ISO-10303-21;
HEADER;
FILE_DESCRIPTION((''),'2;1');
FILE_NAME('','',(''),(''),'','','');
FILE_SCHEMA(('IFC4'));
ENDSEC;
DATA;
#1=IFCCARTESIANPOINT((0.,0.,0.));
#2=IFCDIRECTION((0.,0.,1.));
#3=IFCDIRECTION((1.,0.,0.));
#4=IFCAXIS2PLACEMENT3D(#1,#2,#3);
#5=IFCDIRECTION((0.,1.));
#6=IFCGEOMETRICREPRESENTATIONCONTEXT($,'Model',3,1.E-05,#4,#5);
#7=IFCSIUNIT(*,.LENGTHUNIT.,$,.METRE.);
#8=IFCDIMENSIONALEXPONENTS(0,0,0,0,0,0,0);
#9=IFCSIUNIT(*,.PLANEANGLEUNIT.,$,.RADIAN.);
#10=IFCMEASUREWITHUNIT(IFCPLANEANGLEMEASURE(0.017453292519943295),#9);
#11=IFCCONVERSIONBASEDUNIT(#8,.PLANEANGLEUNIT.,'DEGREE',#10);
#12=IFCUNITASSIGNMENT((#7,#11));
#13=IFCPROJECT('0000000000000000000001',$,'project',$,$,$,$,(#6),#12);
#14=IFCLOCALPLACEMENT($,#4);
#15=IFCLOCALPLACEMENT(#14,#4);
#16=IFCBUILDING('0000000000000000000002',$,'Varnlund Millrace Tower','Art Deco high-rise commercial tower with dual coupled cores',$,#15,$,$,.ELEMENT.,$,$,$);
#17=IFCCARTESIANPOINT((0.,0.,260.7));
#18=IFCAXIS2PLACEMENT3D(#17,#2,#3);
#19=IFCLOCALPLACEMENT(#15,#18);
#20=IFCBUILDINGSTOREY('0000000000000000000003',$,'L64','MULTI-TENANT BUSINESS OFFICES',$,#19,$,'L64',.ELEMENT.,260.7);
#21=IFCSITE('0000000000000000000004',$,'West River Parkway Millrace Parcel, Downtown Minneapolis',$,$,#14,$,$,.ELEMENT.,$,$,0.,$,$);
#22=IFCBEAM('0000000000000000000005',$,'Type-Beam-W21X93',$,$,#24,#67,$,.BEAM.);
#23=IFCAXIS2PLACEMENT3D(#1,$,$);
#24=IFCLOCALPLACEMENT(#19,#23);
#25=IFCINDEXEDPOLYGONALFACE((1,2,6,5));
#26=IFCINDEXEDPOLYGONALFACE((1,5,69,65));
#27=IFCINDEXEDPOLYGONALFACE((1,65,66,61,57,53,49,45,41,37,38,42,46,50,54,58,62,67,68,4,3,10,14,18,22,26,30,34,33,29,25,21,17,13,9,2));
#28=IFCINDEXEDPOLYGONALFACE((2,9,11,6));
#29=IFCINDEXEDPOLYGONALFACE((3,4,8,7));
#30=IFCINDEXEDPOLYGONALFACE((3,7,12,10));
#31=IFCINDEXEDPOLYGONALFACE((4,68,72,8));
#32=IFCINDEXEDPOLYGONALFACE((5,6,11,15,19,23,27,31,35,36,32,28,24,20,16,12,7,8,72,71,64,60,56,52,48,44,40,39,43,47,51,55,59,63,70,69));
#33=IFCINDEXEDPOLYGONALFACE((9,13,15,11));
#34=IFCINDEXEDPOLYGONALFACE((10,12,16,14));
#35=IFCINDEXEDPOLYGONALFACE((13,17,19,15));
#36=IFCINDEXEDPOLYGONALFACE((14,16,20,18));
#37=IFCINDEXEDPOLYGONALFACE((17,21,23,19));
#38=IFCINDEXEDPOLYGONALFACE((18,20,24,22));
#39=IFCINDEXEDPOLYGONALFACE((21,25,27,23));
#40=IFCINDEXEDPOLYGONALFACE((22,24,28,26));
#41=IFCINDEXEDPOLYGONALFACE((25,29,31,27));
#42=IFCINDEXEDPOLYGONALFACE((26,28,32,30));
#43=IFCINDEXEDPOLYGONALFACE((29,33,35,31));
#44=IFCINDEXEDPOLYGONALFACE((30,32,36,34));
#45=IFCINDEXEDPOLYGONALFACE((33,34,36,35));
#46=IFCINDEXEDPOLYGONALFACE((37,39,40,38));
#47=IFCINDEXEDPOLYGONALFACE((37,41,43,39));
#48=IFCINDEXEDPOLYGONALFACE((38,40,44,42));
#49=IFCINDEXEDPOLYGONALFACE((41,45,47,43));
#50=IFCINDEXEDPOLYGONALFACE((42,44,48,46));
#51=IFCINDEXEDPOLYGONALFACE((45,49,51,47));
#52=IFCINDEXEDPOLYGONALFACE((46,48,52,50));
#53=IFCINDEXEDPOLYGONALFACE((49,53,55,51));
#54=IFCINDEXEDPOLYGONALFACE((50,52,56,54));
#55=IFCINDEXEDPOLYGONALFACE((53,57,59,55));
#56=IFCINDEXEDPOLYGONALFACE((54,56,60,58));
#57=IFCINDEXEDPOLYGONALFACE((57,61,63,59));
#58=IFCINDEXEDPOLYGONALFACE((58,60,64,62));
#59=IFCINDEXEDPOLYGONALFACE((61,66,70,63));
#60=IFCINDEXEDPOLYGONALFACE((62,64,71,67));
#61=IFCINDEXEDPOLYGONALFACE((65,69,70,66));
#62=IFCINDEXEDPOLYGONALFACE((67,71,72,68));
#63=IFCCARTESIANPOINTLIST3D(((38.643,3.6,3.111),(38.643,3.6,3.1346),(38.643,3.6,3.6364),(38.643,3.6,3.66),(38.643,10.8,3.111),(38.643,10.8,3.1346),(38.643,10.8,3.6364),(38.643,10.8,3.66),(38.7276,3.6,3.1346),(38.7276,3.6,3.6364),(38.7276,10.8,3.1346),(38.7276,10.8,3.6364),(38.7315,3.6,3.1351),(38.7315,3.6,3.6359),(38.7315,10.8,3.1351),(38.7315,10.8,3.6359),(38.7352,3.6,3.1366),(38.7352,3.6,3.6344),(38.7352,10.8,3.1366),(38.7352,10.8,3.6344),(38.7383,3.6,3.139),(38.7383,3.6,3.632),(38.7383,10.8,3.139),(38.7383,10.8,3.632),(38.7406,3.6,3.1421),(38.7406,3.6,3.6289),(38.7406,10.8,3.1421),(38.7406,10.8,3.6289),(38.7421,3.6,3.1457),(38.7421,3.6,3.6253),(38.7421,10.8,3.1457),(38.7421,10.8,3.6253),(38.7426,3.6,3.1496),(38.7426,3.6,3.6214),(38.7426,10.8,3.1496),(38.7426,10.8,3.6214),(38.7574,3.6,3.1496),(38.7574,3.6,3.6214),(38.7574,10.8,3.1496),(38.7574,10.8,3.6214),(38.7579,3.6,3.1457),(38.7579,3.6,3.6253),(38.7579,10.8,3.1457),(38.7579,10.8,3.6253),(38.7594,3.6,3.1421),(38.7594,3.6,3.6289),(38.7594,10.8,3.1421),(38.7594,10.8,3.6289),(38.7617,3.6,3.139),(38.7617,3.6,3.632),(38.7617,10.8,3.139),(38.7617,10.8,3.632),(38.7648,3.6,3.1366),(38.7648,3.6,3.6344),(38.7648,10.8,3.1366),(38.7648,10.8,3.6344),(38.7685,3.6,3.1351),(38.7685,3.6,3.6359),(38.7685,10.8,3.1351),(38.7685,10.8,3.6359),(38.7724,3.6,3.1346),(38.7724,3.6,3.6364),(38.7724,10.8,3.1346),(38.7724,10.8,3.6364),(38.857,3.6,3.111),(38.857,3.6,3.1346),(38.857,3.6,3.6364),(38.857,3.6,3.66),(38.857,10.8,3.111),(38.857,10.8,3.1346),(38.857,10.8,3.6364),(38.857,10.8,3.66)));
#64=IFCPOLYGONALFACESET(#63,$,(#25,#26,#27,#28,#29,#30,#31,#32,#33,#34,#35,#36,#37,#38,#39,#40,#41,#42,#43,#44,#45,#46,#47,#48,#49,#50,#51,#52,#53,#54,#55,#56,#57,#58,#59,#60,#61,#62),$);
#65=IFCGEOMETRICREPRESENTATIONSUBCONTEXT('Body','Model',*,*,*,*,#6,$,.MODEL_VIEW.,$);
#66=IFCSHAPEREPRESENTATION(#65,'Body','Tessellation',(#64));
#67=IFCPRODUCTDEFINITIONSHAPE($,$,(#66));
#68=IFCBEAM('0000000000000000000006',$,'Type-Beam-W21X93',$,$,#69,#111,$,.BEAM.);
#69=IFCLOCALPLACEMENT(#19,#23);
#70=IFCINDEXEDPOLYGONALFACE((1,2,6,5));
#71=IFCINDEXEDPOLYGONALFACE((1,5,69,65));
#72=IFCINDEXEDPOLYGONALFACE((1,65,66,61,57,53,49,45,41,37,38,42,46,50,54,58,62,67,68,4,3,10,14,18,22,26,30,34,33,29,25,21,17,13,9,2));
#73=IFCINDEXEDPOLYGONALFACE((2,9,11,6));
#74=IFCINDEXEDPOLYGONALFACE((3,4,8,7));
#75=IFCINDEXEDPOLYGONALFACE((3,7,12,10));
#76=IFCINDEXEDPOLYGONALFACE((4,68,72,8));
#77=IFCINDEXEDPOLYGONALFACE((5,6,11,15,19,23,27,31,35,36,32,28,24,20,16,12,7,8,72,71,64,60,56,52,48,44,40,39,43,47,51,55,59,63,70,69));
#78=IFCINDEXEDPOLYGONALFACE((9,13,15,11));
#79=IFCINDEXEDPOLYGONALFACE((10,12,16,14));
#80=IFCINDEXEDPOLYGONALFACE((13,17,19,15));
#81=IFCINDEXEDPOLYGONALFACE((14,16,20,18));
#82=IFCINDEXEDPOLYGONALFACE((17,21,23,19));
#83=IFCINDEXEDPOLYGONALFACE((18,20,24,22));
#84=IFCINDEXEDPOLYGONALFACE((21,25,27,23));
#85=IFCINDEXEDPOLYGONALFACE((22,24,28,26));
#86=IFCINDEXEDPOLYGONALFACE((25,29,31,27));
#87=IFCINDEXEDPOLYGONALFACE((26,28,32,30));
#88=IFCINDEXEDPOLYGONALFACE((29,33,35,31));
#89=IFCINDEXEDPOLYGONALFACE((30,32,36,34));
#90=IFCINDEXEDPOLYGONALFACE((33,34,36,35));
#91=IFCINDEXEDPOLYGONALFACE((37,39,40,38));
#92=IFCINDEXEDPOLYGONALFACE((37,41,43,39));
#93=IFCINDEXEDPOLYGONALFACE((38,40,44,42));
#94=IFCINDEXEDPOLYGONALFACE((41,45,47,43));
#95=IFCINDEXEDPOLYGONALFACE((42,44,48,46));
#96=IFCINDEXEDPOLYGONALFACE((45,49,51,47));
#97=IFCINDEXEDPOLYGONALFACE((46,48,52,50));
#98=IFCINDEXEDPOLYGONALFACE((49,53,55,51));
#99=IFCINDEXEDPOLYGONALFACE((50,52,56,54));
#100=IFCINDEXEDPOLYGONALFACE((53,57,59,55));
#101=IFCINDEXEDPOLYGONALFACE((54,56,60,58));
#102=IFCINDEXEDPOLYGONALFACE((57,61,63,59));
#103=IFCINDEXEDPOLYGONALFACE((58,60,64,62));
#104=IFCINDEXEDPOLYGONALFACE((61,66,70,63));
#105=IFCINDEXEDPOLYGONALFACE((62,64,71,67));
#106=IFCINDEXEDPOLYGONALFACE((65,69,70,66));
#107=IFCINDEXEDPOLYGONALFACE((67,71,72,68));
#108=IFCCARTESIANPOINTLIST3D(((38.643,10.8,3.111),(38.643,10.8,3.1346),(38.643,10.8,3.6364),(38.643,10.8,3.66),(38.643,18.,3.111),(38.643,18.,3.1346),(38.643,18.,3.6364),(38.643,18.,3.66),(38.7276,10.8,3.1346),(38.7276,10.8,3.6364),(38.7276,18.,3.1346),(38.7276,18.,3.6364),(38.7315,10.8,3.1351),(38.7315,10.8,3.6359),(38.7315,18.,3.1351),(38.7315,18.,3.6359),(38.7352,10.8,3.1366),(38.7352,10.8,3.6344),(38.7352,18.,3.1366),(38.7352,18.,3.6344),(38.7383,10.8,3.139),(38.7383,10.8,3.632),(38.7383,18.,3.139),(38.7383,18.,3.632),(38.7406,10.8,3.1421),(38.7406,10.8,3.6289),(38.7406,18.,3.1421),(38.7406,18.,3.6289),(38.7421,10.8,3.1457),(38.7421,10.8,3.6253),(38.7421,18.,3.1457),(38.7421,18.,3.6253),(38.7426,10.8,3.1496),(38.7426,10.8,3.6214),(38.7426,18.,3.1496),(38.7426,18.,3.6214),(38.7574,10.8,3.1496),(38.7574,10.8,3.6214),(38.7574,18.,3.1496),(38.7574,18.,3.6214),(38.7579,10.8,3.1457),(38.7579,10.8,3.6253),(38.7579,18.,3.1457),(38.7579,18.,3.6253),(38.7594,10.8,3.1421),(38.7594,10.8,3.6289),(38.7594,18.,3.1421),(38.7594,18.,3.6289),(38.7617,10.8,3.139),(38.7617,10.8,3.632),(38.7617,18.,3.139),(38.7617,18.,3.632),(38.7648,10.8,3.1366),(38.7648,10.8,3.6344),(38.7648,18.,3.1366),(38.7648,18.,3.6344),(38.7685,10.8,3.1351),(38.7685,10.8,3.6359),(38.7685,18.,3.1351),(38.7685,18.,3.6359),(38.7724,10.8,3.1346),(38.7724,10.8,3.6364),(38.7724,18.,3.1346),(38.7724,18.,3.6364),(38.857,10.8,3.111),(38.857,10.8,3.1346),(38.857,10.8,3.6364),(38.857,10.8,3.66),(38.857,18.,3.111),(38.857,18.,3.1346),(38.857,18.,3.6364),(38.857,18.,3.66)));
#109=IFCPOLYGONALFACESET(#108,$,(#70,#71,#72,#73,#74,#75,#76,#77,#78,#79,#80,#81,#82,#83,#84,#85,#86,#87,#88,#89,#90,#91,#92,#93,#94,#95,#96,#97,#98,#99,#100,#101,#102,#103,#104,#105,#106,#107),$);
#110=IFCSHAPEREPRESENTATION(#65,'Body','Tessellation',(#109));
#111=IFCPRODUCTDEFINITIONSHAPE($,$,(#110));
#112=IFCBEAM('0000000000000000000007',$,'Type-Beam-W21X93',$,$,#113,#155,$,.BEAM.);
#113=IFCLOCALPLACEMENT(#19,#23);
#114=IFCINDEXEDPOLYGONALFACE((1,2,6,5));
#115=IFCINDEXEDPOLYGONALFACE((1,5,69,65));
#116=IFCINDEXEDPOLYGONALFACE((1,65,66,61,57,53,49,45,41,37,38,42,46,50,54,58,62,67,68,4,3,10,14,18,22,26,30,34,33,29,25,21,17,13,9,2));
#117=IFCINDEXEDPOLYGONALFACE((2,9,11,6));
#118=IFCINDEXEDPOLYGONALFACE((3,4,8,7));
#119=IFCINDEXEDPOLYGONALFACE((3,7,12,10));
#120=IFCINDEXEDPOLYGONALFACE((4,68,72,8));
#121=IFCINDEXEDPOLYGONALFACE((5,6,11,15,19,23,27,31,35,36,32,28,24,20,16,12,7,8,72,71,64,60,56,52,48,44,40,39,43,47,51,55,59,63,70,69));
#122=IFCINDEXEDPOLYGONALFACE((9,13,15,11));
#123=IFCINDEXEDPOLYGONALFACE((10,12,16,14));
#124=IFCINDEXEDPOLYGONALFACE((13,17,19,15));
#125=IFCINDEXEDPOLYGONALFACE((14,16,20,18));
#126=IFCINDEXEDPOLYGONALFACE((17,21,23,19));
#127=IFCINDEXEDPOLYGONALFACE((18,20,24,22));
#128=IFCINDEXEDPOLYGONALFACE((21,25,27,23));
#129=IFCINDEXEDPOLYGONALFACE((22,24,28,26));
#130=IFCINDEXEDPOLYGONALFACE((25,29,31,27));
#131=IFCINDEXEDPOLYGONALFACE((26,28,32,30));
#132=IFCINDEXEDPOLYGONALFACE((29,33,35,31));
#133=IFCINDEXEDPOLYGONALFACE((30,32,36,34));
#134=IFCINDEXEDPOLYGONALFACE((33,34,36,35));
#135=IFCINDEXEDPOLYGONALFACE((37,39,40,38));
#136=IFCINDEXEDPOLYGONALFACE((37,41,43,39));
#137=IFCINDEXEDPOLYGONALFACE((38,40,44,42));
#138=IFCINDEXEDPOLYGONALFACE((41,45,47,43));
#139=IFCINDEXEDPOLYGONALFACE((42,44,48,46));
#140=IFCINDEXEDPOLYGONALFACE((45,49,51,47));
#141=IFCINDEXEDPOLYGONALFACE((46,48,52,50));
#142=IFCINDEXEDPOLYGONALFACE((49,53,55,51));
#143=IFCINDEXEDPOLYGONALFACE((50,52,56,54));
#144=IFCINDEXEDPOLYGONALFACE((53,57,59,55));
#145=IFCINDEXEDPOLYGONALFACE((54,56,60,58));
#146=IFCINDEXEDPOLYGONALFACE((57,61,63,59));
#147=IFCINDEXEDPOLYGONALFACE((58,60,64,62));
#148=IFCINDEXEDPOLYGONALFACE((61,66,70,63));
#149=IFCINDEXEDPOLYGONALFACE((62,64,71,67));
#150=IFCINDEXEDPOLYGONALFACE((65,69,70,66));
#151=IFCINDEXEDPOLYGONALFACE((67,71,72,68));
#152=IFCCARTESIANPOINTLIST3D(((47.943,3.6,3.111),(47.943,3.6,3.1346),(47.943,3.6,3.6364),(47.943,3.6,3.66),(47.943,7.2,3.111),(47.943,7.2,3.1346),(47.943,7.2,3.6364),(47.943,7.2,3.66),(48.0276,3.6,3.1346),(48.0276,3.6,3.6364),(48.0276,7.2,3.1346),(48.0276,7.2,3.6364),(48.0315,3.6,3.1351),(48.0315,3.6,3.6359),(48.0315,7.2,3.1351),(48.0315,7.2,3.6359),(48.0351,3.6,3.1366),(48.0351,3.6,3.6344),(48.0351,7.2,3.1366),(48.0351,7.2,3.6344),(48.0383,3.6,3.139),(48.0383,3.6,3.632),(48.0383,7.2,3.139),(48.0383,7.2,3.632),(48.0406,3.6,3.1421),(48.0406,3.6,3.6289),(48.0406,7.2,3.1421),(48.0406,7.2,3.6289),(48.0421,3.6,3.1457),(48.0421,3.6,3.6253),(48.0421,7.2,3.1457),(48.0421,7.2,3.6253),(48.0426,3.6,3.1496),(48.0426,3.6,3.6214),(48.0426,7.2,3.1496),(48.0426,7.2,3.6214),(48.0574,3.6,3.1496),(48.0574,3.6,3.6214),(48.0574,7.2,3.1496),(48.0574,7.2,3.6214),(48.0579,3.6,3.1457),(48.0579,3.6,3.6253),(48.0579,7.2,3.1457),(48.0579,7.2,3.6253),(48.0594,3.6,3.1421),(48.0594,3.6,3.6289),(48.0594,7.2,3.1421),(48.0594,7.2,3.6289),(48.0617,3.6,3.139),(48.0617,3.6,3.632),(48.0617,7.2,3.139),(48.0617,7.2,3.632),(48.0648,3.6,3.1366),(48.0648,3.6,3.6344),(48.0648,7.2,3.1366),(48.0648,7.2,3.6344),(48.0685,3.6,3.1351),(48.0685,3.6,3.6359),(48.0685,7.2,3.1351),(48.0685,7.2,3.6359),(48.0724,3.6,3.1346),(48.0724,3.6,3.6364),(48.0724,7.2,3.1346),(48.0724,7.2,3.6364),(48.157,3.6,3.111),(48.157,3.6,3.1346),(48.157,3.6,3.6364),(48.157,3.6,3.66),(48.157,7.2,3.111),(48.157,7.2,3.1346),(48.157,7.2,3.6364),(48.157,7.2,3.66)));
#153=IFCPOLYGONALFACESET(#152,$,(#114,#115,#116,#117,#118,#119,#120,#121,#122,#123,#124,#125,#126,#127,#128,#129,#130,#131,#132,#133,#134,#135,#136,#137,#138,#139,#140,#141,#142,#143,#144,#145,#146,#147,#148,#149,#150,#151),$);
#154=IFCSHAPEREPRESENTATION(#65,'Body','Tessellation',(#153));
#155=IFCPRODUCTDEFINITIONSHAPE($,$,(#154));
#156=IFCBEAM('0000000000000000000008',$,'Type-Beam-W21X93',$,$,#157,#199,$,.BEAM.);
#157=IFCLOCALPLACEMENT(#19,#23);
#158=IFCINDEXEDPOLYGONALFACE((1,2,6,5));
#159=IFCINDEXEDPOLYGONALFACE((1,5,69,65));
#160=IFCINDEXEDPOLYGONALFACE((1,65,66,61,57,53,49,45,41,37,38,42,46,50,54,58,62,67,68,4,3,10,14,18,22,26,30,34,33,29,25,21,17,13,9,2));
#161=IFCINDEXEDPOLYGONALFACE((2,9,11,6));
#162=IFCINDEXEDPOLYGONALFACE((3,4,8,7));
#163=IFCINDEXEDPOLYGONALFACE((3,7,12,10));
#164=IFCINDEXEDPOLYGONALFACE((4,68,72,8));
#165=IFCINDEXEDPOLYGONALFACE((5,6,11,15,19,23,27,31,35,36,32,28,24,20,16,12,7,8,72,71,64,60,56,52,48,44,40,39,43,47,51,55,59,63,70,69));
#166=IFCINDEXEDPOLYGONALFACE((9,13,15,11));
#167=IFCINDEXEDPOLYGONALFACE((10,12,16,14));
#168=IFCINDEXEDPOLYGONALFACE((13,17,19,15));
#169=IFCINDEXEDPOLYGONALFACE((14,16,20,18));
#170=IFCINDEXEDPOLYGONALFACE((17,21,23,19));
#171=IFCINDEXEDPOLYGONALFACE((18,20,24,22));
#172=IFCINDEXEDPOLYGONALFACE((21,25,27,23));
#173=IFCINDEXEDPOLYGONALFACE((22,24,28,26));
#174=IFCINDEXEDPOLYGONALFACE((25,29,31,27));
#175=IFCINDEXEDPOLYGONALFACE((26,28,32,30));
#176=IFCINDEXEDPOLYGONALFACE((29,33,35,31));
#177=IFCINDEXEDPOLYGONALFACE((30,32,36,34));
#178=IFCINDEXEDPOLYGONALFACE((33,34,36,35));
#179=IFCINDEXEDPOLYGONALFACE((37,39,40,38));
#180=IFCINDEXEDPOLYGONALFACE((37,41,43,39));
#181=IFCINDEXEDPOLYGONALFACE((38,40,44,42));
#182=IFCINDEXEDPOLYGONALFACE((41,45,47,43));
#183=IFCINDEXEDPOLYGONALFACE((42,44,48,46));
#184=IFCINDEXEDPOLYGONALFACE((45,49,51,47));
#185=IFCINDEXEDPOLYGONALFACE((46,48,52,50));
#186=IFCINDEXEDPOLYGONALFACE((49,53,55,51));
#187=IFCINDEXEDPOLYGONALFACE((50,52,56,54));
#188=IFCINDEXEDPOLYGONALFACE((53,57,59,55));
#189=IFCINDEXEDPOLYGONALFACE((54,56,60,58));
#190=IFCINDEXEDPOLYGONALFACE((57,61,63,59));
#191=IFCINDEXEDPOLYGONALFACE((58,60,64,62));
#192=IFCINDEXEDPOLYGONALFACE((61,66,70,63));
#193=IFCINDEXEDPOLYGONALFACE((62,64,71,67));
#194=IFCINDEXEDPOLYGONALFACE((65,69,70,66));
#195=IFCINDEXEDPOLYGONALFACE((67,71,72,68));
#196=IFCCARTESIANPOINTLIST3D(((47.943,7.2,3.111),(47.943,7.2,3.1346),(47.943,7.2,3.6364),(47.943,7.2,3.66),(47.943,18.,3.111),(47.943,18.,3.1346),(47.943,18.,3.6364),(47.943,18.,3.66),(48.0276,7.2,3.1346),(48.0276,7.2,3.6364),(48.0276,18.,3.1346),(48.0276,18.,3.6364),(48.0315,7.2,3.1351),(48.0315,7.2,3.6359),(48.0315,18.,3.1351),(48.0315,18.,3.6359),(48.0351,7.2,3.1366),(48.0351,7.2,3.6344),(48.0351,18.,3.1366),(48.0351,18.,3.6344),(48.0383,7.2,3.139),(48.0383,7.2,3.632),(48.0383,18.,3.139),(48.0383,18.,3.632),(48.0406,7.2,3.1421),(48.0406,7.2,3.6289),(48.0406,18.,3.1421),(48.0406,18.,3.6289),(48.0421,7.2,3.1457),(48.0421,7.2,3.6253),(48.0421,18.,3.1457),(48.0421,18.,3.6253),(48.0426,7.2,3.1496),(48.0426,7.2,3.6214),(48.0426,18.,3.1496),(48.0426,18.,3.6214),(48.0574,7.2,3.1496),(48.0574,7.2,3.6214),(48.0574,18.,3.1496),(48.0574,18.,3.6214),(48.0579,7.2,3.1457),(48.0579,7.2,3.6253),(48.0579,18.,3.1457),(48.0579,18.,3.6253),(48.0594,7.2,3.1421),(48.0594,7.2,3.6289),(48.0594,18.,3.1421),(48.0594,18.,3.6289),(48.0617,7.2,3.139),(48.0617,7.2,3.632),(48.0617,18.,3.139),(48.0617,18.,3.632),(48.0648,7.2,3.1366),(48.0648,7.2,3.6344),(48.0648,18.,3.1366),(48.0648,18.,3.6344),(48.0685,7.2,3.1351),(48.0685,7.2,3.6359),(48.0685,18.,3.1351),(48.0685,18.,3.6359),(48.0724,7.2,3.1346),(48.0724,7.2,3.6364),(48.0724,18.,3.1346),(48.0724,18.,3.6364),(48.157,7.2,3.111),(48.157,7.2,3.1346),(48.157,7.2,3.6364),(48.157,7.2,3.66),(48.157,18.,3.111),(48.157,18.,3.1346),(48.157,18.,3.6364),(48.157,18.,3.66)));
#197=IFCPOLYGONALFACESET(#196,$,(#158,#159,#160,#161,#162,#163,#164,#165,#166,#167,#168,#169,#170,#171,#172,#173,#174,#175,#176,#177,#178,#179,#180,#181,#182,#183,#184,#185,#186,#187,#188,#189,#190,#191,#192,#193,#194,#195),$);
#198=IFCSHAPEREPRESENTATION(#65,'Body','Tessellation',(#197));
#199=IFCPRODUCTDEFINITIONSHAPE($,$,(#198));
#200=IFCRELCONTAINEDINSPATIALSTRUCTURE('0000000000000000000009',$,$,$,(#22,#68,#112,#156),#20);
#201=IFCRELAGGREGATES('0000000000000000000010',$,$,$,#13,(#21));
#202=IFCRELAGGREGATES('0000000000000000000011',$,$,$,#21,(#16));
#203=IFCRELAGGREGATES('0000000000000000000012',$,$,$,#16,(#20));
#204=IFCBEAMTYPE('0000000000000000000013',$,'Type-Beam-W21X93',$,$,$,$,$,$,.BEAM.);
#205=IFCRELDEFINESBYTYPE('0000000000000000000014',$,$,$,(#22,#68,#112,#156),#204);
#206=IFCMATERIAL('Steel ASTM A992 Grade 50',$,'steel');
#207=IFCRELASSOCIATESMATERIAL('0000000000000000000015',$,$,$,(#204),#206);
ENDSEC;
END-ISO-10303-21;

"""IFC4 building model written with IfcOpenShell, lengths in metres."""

from ifc_helpers import new_model, entity, si_unit, converted_unit, direction, frame, origin_with_axes, origin_2d_with_axis, place, context, subcontext, project, spatial, i_section, extrude, material, material_profile, profile_set, type_object, element, save


model = new_model("IFC4")

# Units and contexts
model_context = context("Model", 3, precision=1e-05, world=origin_with_axes(), true_north=direction((0.0, 1.0)))
body_context = subcontext(model_context, "Body", "Model", "MODEL_VIEW")
ifc_project = project(units=[si_unit("LENGTHUNIT", "METRE"), converted_unit("PLANEANGLEUNIT", "DEGREE", entity("IfcPlaneAngleMeasure", 0.017453292519943295), si_unit("PLANEANGLEUNIT", "RADIAN"), dimensions=[0, 0, 0, 0, 0, 0, 0])], contexts=[model_context])

# Site, building, storey
site_placement = place(None, origin_with_axes())
site = spatial("IfcSite", under=ifc_project, at=site_placement, Name="West River Parkway Millrace Parcel, Downtown Minneapolis", CompositionType="ELEMENT", RefElevation=0.0)
building_placement = place(site_placement, origin_with_axes())
building = spatial("IfcBuilding", under=site, at=building_placement, Name="Varnlund Millrace Tower", Description="Art Deco high-rise commercial tower with dual coupled cores", CompositionType="ELEMENT")
storey_placement = place(building_placement, frame((0.0, 0.0, 260.7), z_axis=(0.0, 0.0, 1.0), x_axis=(1.0, 0.0, 0.0)))
storey = spatial("IfcBuildingStorey", under=building, at=storey_placement, Name="L64", Description="MULTI-TENANT BUSINESS OFFICES", LongName="L64", CompositionType="ELEMENT", Elevation=260.7)

# Beams
ifc_material_1 = material(Name="Steel ASTM A992 Grade 50", Category="steel")
ifc_material_profile_1 = material_profile(ifc_material_1, i_section(OverallWidth=0.214, OverallDepth=0.549, WebThickness=0.0147, FlangeThickness=0.0236, FilletRadius=0.015, at=origin_2d_with_axis()), Name="Steel ASTM A992 Grade 50")
ifc_profile_set_1 = profile_set([ifc_material_profile_1], Name="Steel ASTM A992 Grade 50")
beam_type_1 = type_object("IfcBeamType", Name="Type-Beam-W21X93", PredefinedType="BEAM", material=ifc_profile_set_1)
for number, where, z_axis, x_axis, name in (
    (1, (38.75, 3.6, 3.3855), (0.0, 1.0, 0.0), (-1.0, 0.0, 0.0), "Type-Beam-W21X93"),
    (2, (38.75, 10.8, 3.3855), (0.0, 1.0, 0.0), (-1.0, 0.0, 0.0), "Type-Beam-W21X93"),
):
    element("IfcBeam", number, at=place(storey_placement, frame(where, z_axis=z_axis, x_axis=x_axis)), inside=storey, type_object=beam_type_1, Name=name, PredefinedType="BEAM", context=body_context, shape_type="SweptSolid", body=[
        extrude(i_section(OverallWidth=0.214, OverallDepth=0.549, WebThickness=0.0147, FlangeThickness=0.0236, FilletRadius=0.015, at=origin_2d_with_axis()), origin_with_axes(), (0.0, 0.0, 1.0), 7.2),
    ])
beam_1_placement = place(storey_placement, frame((48.05, 3.6, 3.3855), z_axis=(0.0, 1.0, 0.0), x_axis=(-1.0, 0.0, 0.0)))
element("IfcBeam", 3, at=beam_1_placement, inside=storey, type_object=beam_type_1, Name="Type-Beam-W21X93", PredefinedType="BEAM", context=body_context, shape_type="SweptSolid", body=[
    extrude(i_section(OverallWidth=0.214, OverallDepth=0.549, WebThickness=0.0147, FlangeThickness=0.0236, FilletRadius=0.015, at=origin_2d_with_axis()), origin_with_axes(), (0.0, 0.0, 1.0), 3.6),
])
beam_2_placement = place(storey_placement, frame((48.05, 7.2, 3.3855), z_axis=(0.0, 1.0, 0.0), x_axis=(-1.0, 0.0, 0.0)))
element("IfcBeam", 4, at=beam_2_placement, inside=storey, type_object=beam_type_1, Name="Type-Beam-W21X93", PredefinedType="BEAM", context=body_context, shape_type="SweptSolid", body=[
    extrude(i_section(OverallWidth=0.214, OverallDepth=0.549, WebThickness=0.0147, FlangeThickness=0.0236, FilletRadius=0.015, at=origin_2d_with_axis()), origin_with_axes(), (0.0, 0.0, 1.0), 10.8),
])

save(model, "model.ifc")
